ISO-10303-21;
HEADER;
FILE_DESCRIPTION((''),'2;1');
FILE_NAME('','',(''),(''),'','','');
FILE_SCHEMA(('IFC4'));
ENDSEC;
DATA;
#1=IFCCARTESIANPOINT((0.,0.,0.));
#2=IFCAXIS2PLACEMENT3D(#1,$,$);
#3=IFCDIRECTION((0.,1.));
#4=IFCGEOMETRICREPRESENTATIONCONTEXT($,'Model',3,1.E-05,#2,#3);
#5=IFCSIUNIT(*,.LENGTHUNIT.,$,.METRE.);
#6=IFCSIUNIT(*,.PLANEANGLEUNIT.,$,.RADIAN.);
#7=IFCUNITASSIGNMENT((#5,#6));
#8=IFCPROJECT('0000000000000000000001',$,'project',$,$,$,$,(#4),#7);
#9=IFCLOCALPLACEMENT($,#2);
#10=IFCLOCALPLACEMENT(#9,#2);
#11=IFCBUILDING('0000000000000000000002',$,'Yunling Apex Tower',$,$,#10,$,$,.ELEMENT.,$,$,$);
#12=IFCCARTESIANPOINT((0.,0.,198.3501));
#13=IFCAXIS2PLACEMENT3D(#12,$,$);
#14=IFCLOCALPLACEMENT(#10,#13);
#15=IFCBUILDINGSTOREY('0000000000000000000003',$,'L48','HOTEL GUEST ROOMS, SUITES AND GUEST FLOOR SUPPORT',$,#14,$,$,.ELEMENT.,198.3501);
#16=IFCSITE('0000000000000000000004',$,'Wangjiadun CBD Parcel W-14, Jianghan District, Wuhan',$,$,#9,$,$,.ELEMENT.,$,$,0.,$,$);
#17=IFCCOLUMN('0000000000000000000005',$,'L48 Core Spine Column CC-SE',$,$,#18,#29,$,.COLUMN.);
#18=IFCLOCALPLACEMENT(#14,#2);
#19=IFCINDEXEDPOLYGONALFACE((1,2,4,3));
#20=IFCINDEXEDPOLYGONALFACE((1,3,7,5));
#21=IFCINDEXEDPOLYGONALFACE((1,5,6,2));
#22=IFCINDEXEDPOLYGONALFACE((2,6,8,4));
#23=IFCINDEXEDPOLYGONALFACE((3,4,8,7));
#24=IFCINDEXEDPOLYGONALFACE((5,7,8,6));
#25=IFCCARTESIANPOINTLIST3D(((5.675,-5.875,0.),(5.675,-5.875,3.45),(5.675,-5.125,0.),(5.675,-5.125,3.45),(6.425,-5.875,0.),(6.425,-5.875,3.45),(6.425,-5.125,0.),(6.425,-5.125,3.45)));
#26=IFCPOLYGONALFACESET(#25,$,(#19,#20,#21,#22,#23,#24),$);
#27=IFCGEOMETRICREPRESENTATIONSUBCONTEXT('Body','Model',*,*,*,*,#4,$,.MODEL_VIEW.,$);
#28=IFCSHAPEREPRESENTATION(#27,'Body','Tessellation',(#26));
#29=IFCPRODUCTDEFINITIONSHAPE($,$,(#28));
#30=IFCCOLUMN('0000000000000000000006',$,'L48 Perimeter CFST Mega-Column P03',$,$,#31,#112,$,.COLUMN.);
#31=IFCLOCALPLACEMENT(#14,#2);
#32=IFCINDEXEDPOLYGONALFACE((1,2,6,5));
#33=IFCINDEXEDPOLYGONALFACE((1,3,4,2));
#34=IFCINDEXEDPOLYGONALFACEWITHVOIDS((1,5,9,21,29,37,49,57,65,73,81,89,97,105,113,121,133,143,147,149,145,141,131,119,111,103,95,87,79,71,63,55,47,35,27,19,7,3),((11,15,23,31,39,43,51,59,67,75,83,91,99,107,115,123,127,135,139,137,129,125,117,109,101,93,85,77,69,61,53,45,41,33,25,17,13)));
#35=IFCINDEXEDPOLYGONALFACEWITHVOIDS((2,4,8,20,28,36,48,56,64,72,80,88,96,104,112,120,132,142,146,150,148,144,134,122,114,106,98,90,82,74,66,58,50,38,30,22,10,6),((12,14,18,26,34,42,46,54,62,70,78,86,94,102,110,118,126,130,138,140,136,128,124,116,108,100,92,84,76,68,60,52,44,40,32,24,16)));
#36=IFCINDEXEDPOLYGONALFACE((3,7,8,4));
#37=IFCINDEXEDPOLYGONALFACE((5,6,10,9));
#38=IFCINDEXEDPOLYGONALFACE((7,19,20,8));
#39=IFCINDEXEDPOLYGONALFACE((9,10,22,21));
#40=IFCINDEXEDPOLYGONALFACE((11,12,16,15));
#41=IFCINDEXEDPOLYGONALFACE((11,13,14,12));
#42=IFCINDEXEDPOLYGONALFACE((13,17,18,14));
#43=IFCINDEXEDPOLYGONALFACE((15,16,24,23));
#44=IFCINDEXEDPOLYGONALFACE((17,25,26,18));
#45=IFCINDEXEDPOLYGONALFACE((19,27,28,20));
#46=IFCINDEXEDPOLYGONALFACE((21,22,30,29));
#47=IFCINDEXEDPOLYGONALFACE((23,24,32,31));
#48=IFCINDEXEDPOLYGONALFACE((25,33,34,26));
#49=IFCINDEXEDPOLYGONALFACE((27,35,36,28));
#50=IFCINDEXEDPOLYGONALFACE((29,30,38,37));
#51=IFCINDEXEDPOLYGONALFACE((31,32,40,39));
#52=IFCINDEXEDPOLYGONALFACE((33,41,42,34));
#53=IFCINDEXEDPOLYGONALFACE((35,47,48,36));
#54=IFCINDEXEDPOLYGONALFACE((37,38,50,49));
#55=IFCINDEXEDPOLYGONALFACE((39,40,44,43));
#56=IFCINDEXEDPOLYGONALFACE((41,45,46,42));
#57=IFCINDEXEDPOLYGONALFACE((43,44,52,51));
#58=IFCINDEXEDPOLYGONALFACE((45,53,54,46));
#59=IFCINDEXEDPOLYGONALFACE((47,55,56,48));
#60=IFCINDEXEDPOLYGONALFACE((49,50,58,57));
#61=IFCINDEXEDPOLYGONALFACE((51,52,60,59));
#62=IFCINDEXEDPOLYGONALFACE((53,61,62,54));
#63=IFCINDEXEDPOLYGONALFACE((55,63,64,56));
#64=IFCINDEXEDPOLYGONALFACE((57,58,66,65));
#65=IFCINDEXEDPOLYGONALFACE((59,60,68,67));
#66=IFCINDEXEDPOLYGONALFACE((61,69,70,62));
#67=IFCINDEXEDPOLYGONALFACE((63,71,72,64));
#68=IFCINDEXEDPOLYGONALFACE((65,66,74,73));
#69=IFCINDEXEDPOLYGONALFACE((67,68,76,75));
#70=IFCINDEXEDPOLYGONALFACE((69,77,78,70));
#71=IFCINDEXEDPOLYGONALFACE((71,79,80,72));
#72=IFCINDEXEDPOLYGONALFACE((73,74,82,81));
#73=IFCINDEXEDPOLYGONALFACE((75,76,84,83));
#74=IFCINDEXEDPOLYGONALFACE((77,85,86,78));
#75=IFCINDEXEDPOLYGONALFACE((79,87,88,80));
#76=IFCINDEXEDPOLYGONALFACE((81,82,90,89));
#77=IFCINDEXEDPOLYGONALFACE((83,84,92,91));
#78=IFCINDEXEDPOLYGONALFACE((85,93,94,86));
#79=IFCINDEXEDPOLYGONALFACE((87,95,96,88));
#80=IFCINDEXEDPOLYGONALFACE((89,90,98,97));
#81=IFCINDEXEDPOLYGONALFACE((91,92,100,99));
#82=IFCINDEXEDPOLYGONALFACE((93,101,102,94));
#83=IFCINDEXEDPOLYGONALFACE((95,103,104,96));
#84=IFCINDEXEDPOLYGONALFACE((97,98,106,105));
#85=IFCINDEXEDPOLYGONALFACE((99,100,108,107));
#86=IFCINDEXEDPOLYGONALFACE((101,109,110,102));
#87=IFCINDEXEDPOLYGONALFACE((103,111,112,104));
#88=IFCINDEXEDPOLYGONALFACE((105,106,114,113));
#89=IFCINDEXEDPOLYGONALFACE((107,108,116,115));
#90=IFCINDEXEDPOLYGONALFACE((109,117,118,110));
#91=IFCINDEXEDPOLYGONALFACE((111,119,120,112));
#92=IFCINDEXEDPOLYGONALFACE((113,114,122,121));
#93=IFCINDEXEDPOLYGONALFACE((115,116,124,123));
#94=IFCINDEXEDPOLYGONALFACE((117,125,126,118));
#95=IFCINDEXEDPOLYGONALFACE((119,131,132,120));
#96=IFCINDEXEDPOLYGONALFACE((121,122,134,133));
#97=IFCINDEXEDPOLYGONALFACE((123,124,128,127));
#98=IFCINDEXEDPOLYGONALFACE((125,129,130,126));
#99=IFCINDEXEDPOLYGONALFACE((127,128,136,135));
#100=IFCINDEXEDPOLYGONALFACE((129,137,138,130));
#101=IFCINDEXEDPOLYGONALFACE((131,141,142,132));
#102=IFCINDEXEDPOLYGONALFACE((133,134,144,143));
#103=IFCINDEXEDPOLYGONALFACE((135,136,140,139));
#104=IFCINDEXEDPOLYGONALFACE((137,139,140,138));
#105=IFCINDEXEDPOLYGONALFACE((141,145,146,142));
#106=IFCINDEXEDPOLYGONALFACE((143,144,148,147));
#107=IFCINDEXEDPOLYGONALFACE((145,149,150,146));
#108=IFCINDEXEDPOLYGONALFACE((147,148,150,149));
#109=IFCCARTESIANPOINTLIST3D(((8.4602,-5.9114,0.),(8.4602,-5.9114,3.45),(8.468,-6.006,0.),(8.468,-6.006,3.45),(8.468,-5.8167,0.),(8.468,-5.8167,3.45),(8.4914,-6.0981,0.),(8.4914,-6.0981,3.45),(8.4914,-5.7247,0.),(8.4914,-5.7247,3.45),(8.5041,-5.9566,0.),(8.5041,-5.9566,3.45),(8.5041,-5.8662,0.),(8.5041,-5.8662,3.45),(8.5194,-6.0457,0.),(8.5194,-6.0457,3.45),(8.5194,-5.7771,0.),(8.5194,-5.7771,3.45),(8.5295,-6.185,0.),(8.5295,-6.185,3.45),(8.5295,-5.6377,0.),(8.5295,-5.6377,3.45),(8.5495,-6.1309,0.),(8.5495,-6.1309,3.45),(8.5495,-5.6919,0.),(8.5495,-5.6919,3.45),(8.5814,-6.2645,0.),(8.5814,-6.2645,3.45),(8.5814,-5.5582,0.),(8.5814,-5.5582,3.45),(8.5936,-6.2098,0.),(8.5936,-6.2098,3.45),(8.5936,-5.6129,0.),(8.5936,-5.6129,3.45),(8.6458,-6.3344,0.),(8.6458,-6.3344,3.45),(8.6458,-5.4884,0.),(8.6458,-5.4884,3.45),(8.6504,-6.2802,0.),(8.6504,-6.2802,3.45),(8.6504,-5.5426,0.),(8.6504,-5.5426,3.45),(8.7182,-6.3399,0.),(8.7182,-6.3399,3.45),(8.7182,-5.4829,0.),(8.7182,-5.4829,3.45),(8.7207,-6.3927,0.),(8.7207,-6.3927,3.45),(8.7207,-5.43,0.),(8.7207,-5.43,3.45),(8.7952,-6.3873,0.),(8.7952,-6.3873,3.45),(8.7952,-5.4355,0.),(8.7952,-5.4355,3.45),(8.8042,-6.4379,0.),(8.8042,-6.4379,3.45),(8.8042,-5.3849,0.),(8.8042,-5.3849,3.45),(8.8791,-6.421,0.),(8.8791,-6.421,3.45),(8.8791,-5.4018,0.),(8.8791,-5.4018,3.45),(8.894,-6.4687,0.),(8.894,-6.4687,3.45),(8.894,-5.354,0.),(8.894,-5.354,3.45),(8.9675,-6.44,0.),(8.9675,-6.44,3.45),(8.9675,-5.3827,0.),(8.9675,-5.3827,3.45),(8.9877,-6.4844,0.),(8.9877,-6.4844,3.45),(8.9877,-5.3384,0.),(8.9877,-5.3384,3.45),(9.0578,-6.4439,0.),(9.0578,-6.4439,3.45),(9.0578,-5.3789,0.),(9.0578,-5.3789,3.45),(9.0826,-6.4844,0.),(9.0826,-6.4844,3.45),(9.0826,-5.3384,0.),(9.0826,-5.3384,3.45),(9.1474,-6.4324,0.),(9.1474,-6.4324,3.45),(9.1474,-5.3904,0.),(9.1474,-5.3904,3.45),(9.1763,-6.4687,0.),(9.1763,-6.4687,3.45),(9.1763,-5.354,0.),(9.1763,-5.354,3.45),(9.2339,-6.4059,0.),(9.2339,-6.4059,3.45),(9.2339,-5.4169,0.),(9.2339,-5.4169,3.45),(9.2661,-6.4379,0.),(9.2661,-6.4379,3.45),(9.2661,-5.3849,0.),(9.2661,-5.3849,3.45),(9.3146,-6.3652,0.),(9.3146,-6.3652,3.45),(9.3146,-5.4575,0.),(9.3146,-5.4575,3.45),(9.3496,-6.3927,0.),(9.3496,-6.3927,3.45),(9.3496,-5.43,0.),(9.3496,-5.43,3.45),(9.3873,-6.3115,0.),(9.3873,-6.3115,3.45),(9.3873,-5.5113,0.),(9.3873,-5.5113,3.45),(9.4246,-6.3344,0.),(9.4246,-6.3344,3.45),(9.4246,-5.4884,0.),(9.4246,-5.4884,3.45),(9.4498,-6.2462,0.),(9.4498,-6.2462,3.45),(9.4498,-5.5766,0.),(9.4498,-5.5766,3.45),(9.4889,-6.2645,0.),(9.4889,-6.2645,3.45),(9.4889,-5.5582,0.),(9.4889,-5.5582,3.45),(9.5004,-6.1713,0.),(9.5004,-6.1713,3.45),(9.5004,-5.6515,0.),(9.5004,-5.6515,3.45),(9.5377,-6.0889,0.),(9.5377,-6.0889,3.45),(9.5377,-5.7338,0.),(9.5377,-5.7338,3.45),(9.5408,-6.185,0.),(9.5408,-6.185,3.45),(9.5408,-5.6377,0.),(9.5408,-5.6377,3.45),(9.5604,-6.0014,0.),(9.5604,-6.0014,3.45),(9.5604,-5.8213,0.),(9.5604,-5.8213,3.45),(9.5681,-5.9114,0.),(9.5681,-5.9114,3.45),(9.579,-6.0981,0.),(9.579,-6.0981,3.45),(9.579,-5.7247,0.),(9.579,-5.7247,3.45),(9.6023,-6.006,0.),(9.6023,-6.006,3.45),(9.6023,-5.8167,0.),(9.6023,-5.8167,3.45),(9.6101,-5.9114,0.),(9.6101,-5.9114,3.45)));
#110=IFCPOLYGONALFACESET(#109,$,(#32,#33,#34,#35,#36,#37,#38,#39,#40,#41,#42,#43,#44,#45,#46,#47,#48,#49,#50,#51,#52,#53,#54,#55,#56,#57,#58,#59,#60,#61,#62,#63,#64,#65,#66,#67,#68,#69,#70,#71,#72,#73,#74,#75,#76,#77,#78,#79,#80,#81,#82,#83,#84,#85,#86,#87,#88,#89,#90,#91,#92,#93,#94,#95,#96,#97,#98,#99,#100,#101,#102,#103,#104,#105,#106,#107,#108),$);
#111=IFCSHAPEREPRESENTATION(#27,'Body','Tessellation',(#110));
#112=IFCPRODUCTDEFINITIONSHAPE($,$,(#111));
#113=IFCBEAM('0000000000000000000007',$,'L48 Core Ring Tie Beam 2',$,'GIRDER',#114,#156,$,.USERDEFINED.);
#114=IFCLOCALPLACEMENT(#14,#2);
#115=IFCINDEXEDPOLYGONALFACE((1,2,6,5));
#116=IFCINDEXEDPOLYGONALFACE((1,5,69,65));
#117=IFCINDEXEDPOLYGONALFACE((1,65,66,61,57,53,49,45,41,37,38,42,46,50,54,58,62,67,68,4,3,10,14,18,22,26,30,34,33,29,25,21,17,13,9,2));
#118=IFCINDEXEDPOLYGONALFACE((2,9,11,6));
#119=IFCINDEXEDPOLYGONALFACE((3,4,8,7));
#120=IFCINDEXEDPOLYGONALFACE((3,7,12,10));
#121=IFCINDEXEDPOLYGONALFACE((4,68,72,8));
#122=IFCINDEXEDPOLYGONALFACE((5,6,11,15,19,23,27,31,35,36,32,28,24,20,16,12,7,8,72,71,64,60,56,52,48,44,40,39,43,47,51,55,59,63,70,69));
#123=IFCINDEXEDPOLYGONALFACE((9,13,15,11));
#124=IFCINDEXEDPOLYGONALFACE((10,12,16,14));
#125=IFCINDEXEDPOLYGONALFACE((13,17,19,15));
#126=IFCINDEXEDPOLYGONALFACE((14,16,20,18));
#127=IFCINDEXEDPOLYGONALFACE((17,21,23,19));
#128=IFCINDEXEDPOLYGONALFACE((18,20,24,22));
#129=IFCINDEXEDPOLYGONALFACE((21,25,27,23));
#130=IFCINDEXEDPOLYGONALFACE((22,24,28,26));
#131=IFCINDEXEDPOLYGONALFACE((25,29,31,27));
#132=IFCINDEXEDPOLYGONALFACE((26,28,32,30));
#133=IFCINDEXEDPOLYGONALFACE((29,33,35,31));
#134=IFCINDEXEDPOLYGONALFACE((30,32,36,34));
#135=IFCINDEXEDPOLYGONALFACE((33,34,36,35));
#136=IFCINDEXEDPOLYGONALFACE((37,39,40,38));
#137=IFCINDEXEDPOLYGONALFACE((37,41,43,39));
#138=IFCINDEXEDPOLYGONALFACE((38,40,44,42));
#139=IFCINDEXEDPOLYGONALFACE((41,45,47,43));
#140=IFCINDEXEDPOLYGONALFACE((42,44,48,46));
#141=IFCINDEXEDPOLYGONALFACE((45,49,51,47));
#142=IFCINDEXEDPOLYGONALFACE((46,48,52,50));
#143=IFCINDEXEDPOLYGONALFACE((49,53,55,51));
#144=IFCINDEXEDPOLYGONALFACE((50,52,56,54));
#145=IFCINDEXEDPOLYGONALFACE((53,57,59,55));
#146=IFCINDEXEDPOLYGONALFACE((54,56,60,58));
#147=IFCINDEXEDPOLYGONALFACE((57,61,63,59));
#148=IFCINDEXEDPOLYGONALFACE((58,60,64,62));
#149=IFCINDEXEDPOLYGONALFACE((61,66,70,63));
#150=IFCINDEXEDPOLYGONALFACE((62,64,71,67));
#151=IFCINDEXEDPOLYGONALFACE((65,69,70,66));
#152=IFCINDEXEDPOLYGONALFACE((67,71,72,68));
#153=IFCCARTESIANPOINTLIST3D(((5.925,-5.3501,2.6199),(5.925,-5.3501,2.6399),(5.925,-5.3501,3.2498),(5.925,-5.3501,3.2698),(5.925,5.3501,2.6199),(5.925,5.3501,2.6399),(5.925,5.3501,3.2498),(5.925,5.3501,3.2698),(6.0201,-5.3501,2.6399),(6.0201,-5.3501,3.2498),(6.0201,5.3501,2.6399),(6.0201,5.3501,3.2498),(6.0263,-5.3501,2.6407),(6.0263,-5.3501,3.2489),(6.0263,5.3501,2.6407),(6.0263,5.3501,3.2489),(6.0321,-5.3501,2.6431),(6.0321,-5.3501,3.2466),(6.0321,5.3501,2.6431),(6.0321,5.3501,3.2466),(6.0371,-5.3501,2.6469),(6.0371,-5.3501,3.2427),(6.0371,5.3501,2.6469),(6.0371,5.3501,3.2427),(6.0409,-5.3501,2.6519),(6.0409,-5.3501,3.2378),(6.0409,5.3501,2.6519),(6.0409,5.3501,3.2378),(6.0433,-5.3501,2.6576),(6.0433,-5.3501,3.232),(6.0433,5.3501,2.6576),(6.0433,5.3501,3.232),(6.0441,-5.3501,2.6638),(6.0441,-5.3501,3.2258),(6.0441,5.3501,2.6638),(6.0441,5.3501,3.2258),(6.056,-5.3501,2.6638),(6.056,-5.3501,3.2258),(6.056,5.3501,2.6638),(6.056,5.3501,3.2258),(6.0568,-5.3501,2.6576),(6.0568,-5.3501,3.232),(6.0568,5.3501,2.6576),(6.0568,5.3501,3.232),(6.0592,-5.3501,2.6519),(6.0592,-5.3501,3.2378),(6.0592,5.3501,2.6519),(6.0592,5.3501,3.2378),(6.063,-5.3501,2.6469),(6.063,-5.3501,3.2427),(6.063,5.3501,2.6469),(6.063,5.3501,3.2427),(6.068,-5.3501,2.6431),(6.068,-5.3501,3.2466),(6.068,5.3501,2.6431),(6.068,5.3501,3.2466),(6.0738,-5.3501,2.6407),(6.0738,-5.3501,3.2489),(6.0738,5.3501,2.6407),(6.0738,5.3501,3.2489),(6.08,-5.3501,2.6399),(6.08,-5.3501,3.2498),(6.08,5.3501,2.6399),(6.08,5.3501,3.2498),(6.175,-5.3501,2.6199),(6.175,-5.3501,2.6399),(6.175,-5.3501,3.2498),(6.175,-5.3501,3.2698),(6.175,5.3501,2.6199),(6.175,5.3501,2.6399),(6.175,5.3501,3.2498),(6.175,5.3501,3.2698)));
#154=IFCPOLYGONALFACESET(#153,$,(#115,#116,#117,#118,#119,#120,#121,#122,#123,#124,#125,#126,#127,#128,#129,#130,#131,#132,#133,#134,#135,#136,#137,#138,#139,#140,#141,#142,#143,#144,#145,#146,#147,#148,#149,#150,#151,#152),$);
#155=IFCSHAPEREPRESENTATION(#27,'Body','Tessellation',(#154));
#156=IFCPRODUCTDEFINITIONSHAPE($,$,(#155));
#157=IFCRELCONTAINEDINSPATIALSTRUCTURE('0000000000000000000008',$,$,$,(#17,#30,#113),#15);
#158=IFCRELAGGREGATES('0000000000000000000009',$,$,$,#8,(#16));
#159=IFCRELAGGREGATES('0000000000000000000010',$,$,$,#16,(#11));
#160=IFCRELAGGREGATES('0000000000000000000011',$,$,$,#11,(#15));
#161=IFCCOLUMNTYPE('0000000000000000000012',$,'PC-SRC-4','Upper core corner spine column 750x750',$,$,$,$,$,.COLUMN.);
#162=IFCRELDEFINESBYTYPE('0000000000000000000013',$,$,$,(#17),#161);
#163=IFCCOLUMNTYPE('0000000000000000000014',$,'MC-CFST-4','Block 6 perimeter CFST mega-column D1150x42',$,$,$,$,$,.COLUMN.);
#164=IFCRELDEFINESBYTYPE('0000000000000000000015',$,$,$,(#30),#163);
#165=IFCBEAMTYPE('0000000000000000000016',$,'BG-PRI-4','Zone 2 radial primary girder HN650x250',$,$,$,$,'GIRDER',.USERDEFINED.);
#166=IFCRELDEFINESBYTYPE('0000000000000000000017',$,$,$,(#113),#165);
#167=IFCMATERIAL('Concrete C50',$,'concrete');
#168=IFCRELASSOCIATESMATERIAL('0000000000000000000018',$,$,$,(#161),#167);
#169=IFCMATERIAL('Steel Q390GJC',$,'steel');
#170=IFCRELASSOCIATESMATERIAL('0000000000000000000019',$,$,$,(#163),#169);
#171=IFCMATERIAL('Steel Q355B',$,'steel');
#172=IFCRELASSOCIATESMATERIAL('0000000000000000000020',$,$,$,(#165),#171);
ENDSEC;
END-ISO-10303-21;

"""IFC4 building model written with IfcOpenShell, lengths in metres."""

from ifc_helpers import new_model, si_unit, direction, frame, origin, origin_2d, place, context, subcontext, project, spatial, rectangle, hollow_circle, i_section, extrude, source, transform, mapped, material, material_profile, profile_set, type_object, element, save


model = new_model("IFC4")

# Units and contexts
model_context = context("Model", 3, precision=1e-05, world=origin(), true_north=direction((0.0, 1.0)))
body_context = subcontext(model_context, "Body", "Model", "MODEL_VIEW")
ifc_project = project(units=[si_unit("LENGTHUNIT", "METRE"), si_unit("PLANEANGLEUNIT", "RADIAN")], contexts=[model_context])

# Site, building, storey
site_placement = place(None, origin())
site = spatial("IfcSite", under=ifc_project, at=site_placement, Name="Wangjiadun CBD Parcel W-14, Jianghan District, Wuhan", CompositionType="ELEMENT", RefElevation=0.0)
building_placement = place(site_placement, origin())
building = spatial("IfcBuilding", under=site, at=building_placement, Name="Yunling Apex Tower", CompositionType="ELEMENT")
storey_placement = place(building_placement, frame((0.0, 0.0, 198.3501)))
storey = spatial("IfcBuildingStorey", under=building, at=storey_placement, Name="L48", Description="HOTEL GUEST ROOMS, SUITES AND GUEST FLOOR SUPPORT", CompositionType="ELEMENT", Elevation=198.3501)

# Columns
ifc_material_1 = material(Name="Concrete C50", Category="concrete")
ifc_material_profile_1 = material_profile(ifc_material_1, rectangle(XDim=0.75, YDim=0.75, at=origin_2d()))
ifc_profile_set_1 = profile_set([ifc_material_profile_1], Name="Concrete C50")
column_type_1 = type_object("IfcColumnType", Name="PC-SRC-4", Description="Upper core corner spine column 750x750", PredefinedType="COLUMN", material=ifc_profile_set_1)
shared_shape_1 = source(origin(), body_context, "Body", "SweptSolid", [
    extrude(rectangle(XDim=0.75, YDim=0.75, at=origin_2d()), origin(), (0.0, 0.0, 1.0), 3.45),
])
column_1_placement = place(storey_placement, frame((6.05, -5.5, 0.0), z_axis=(0.0, 0.0, 1.0), x_axis=(1.0, 0.0, 0.0)))
element("IfcColumn", 1, at=column_1_placement, inside=storey, type_object=column_type_1, Name="L48 Core Spine Column CC-SE", PredefinedType="COLUMN", context=body_context, shape_type="MappedRepresentation", body=[
    mapped(shared_shape_1, transform((0.0, 0.0, 0.0), scale=1.0)),
])
ifc_material_2 = material(Name="Steel Q390GJC", Category="steel")
ifc_material_profile_2 = material_profile(ifc_material_2, hollow_circle(Radius=0.575, WallThickness=0.042, at=origin_2d()))
ifc_profile_set_2 = profile_set([ifc_material_profile_2], Name="Steel Q390GJC")
column_type_2 = type_object("IfcColumnType", Name="MC-CFST-4", Description="Block 6 perimeter CFST mega-column D1150x42", PredefinedType="COLUMN", material=ifc_profile_set_2)
shared_shape_2 = source(origin(), body_context, "Body", "SweptSolid", [
    extrude(hollow_circle(Radius=0.575, WallThickness=0.042, at=origin_2d()), origin(), (0.0, 0.0, 1.0), 3.45),
])
column_2_placement = place(storey_placement, frame((9.0352, -5.9114, 0.0), z_axis=(0.0, 0.0, 1.0), x_axis=(1.0, 0.0, 0.0)))
element("IfcColumn", 2, at=column_2_placement, inside=storey, type_object=column_type_2, Name="L48 Perimeter CFST Mega-Column P03", PredefinedType="COLUMN", context=body_context, shape_type="MappedRepresentation", body=[
    mapped(shared_shape_2, transform((0.0, 0.0, 0.0), scale=1.0)),
])

# Beam
ifc_material_3 = material(Name="Steel Q355B", Category="steel")
ifc_material_profile_3 = material_profile(ifc_material_3, i_section(OverallWidth=0.25, OverallDepth=0.6499, WebThickness=0.012, FlangeThickness=0.02, FilletRadius=0.0239, at=origin_2d()))
ifc_profile_set_3 = profile_set([ifc_material_profile_3], Name="Steel Q355B")
beam_type_1 = type_object("IfcBeamType", Name="BG-PRI-4", Description="Zone 2 radial primary girder HN650x250", ElementType="GIRDER", PredefinedType="USERDEFINED", material=ifc_profile_set_3)
shared_shape_3 = source(origin(), body_context, "Body", "SweptSolid", [
    extrude(i_section(OverallWidth=0.25, OverallDepth=0.6499, WebThickness=0.012, FlangeThickness=0.02, FilletRadius=0.0239, at=origin_2d()), origin(), (0.0, 0.0, 1.0), 10.7002),
])
beam_1_placement = place(storey_placement, frame((6.05, -5.3501, 2.9448), z_axis=(0.0, 1.0, 0.0), x_axis=(-1.0, 0.0, 0.0)))
element("IfcBeam", 3, at=beam_1_placement, inside=storey, type_object=beam_type_1, Name="L48 Core Ring Tie Beam 2", ObjectType="GIRDER", PredefinedType="USERDEFINED", context=body_context, shape_type="MappedRepresentation", body=[
    mapped(shared_shape_3, transform((0.0, 0.0, 0.0), scale=1.0)),
])

save(model, "model.ifc")
